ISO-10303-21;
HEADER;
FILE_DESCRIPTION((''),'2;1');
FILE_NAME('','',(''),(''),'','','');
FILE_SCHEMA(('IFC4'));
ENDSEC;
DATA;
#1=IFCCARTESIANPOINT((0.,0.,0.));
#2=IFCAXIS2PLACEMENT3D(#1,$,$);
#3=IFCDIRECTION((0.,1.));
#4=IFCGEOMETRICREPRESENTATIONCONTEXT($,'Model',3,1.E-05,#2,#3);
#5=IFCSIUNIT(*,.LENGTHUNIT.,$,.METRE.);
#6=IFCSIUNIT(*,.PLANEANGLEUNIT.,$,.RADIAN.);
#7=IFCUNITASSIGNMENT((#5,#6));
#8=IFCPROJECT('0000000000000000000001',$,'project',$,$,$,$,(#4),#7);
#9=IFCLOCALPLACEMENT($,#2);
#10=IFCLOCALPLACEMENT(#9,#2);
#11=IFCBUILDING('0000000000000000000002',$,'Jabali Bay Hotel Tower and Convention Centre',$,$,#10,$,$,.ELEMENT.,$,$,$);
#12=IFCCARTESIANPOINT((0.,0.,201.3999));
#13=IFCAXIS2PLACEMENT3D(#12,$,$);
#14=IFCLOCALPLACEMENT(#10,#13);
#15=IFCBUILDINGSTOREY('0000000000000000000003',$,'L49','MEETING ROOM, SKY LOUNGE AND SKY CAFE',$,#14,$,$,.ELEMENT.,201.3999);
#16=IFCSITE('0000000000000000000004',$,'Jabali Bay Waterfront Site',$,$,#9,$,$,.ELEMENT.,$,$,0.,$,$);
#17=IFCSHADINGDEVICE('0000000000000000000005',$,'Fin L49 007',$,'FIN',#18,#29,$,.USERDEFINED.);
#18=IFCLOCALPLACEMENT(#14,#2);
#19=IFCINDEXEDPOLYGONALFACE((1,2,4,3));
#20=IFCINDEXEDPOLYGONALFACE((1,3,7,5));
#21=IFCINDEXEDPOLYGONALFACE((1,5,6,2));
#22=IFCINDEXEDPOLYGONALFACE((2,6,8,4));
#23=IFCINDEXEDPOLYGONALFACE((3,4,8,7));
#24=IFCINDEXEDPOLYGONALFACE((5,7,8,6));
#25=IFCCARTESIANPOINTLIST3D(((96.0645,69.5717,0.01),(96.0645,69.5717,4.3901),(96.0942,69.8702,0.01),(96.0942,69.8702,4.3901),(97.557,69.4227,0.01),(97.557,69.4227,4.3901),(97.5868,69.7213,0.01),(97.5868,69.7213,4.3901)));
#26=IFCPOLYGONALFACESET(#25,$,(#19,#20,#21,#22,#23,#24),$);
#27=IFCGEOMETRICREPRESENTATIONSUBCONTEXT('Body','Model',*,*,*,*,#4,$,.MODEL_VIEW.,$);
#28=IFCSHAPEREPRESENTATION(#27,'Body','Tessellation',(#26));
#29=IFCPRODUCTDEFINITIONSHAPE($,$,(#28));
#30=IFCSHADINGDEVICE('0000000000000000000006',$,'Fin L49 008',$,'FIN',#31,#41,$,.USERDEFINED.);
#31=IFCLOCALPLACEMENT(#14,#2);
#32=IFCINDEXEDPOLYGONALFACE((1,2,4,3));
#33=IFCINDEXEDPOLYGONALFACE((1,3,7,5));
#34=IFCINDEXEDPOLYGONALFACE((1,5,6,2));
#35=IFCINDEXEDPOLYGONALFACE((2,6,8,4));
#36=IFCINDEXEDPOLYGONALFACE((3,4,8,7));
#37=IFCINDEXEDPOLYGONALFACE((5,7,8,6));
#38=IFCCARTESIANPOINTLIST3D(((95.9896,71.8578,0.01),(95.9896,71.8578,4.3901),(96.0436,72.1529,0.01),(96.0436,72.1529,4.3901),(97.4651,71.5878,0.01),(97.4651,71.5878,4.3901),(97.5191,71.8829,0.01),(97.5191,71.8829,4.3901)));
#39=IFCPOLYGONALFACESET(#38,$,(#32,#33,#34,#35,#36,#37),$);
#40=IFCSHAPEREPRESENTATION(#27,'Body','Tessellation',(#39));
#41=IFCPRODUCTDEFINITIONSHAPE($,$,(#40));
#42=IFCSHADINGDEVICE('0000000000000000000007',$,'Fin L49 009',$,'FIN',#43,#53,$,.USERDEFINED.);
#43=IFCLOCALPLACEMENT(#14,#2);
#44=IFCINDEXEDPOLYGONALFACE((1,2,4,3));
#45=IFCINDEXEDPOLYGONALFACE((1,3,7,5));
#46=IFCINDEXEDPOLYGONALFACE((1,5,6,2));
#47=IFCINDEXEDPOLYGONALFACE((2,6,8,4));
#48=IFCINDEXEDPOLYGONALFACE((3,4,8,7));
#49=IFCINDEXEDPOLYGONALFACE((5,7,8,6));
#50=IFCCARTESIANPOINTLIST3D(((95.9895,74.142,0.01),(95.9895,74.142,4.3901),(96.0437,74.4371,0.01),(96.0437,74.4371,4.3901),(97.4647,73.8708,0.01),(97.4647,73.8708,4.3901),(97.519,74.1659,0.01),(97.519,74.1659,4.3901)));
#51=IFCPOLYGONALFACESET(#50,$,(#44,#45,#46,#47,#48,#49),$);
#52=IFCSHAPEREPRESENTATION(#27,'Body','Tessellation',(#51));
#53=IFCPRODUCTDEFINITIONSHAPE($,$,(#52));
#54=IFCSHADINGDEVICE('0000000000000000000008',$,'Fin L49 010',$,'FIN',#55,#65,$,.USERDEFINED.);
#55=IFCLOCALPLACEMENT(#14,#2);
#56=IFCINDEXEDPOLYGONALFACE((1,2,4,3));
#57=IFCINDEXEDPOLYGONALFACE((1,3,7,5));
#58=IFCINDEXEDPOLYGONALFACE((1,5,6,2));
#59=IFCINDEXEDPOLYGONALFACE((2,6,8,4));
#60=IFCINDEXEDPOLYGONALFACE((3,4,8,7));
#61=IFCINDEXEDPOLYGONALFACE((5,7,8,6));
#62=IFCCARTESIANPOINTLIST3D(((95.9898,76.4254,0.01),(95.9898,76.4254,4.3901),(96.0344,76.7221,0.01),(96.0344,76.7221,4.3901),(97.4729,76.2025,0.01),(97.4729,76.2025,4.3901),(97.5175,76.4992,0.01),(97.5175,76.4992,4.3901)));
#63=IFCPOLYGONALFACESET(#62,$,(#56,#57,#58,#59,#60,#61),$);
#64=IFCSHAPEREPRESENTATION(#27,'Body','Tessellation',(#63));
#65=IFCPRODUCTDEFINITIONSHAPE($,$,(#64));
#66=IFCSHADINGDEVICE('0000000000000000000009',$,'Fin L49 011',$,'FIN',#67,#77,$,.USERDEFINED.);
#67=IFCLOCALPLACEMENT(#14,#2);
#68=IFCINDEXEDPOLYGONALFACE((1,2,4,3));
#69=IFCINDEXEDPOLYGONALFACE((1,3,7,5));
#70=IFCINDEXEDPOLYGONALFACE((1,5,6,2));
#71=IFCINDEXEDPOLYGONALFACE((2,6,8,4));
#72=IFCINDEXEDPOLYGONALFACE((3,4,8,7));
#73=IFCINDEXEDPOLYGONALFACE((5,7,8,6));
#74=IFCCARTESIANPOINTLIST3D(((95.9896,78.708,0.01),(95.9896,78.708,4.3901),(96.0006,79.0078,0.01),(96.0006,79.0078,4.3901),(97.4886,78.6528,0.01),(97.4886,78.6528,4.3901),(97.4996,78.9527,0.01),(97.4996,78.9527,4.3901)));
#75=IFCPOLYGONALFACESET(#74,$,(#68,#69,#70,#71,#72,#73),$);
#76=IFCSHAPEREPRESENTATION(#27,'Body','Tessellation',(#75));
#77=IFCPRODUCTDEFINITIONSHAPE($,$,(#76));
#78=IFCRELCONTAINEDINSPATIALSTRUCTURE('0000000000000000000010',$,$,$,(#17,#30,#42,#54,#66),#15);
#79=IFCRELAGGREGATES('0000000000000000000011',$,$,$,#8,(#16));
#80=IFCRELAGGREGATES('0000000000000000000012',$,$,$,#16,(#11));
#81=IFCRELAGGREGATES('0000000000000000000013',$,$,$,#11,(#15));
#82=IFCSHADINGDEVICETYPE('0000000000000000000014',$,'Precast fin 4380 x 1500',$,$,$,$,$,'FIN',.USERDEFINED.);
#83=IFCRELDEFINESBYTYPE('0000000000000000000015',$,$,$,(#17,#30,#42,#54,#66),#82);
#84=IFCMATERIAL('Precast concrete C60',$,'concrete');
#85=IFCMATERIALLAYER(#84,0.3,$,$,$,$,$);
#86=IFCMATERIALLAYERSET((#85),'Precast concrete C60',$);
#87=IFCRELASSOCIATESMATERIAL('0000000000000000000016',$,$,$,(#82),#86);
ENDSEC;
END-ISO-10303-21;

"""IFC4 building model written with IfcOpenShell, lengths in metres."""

from ifc_helpers import new_model, si_unit, direction, frame, frame_2d, origin, place, context, subcontext, project, spatial, rectangle, extrude, material, layer, layer_set, type_object, element, save


model = new_model("IFC4")

# Units and contexts
model_context = context("Model", 3, precision=1e-05, world=origin(), true_north=direction((0.0, 1.0)))
body_context = subcontext(model_context, "Body", "Model", "MODEL_VIEW")
ifc_project = project(units=[si_unit("LENGTHUNIT", "METRE"), si_unit("PLANEANGLEUNIT", "RADIAN")], contexts=[model_context])

# Site, building, storey
site_placement = place(None, origin())
site = spatial("IfcSite", under=ifc_project, at=site_placement, Name="Jabali Bay Waterfront Site", CompositionType="ELEMENT", RefElevation=0.0)
building_placement = place(site_placement, origin())
building = spatial("IfcBuilding", under=site, at=building_placement, Name="Jabali Bay Hotel Tower and Convention Centre", CompositionType="ELEMENT")
storey_placement = place(building_placement, frame((0.0, 0.0, 201.3999)))
storey = spatial("IfcBuildingStorey", under=building, at=storey_placement, Name="L49", Description="MEETING ROOM, SKY LOUNGE AND SKY CAFE", CompositionType="ELEMENT", Elevation=201.3999)

# Shading devices
ifc_material_1 = material(Name="Precast concrete C60", Category="concrete")
ifc_layer_1 = layer(ifc_material_1, 0.3)
ifc_layer_set_1 = layer_set([ifc_layer_1], Name="Precast concrete C60")
shading_device_type = type_object("IfcShadingDeviceType", Name="Precast fin 4380 x 1500", ElementType="FIN", PredefinedType="USERDEFINED", material=ifc_layer_set_1)
for number, where, z_axis, x_axis, name in (
    (1, (96.0793, 69.7209, 0.01), (0.0, 0.0, 1.0), (0.99506, -0.099278, 0.0), "Fin L49 007"),
    (2, (96.0166, 72.0054, 0.01), (0.0, 0.0, 1.0), (0.983666, -0.180002, 0.0), "Fin L49 008"),
    (3, (96.0166, 74.2896, 0.01), (0.0, 0.0, 1.0), (0.983516, -0.180819, 0.0), "Fin L49 009"),
):
    element("IfcShadingDevice", number, at=place(storey_placement, frame(where, z_axis=z_axis, x_axis=x_axis)), inside=storey, type_object=shading_device_type, Name=name, ObjectType="FIN", PredefinedType="USERDEFINED", context=body_context, shape_type="SweptSolid", body=[
        extrude(rectangle(XDim=1.5, YDim=0.3, at=frame_2d((0.75, 0.0))), origin(), (0.0, 0.0, 1.0), 4.3801),
    ])
shading_device_1_placement = place(storey_placement, frame((96.012, 76.5737, 0.01), z_axis=(0.0, 0.0, 1.0), x_axis=(0.988895, -0.148619, 0.0)))
element("IfcShadingDevice", 4, at=shading_device_1_placement, inside=storey, type_object=shading_device_type, Name="Fin L49 010", ObjectType="FIN", PredefinedType="USERDEFINED", context=body_context, shape_type="SweptSolid", body=[
    extrude(rectangle(XDim=1.4998, YDim=0.3, at=frame_2d((0.75, 0.0))), origin(), (0.0, 0.0, 1.0), 4.3801),
])
shading_device_2_placement = place(storey_placement, frame((95.9951, 78.8579, 0.01), z_axis=(0.0, 0.0, 1.0), x_axis=(0.999323, -0.036783, 0.0)))
element("IfcShadingDevice", 5, at=shading_device_2_placement, inside=storey, type_object=shading_device_type, Name="Fin L49 011", ObjectType="FIN", PredefinedType="USERDEFINED", context=body_context, shape_type="SweptSolid", body=[
    extrude(rectangle(XDim=1.5, YDim=0.3, at=frame_2d((0.75, 0.0))), origin(), (0.0, 0.0, 1.0), 4.3801),
])

save(model, "model.ifc")
